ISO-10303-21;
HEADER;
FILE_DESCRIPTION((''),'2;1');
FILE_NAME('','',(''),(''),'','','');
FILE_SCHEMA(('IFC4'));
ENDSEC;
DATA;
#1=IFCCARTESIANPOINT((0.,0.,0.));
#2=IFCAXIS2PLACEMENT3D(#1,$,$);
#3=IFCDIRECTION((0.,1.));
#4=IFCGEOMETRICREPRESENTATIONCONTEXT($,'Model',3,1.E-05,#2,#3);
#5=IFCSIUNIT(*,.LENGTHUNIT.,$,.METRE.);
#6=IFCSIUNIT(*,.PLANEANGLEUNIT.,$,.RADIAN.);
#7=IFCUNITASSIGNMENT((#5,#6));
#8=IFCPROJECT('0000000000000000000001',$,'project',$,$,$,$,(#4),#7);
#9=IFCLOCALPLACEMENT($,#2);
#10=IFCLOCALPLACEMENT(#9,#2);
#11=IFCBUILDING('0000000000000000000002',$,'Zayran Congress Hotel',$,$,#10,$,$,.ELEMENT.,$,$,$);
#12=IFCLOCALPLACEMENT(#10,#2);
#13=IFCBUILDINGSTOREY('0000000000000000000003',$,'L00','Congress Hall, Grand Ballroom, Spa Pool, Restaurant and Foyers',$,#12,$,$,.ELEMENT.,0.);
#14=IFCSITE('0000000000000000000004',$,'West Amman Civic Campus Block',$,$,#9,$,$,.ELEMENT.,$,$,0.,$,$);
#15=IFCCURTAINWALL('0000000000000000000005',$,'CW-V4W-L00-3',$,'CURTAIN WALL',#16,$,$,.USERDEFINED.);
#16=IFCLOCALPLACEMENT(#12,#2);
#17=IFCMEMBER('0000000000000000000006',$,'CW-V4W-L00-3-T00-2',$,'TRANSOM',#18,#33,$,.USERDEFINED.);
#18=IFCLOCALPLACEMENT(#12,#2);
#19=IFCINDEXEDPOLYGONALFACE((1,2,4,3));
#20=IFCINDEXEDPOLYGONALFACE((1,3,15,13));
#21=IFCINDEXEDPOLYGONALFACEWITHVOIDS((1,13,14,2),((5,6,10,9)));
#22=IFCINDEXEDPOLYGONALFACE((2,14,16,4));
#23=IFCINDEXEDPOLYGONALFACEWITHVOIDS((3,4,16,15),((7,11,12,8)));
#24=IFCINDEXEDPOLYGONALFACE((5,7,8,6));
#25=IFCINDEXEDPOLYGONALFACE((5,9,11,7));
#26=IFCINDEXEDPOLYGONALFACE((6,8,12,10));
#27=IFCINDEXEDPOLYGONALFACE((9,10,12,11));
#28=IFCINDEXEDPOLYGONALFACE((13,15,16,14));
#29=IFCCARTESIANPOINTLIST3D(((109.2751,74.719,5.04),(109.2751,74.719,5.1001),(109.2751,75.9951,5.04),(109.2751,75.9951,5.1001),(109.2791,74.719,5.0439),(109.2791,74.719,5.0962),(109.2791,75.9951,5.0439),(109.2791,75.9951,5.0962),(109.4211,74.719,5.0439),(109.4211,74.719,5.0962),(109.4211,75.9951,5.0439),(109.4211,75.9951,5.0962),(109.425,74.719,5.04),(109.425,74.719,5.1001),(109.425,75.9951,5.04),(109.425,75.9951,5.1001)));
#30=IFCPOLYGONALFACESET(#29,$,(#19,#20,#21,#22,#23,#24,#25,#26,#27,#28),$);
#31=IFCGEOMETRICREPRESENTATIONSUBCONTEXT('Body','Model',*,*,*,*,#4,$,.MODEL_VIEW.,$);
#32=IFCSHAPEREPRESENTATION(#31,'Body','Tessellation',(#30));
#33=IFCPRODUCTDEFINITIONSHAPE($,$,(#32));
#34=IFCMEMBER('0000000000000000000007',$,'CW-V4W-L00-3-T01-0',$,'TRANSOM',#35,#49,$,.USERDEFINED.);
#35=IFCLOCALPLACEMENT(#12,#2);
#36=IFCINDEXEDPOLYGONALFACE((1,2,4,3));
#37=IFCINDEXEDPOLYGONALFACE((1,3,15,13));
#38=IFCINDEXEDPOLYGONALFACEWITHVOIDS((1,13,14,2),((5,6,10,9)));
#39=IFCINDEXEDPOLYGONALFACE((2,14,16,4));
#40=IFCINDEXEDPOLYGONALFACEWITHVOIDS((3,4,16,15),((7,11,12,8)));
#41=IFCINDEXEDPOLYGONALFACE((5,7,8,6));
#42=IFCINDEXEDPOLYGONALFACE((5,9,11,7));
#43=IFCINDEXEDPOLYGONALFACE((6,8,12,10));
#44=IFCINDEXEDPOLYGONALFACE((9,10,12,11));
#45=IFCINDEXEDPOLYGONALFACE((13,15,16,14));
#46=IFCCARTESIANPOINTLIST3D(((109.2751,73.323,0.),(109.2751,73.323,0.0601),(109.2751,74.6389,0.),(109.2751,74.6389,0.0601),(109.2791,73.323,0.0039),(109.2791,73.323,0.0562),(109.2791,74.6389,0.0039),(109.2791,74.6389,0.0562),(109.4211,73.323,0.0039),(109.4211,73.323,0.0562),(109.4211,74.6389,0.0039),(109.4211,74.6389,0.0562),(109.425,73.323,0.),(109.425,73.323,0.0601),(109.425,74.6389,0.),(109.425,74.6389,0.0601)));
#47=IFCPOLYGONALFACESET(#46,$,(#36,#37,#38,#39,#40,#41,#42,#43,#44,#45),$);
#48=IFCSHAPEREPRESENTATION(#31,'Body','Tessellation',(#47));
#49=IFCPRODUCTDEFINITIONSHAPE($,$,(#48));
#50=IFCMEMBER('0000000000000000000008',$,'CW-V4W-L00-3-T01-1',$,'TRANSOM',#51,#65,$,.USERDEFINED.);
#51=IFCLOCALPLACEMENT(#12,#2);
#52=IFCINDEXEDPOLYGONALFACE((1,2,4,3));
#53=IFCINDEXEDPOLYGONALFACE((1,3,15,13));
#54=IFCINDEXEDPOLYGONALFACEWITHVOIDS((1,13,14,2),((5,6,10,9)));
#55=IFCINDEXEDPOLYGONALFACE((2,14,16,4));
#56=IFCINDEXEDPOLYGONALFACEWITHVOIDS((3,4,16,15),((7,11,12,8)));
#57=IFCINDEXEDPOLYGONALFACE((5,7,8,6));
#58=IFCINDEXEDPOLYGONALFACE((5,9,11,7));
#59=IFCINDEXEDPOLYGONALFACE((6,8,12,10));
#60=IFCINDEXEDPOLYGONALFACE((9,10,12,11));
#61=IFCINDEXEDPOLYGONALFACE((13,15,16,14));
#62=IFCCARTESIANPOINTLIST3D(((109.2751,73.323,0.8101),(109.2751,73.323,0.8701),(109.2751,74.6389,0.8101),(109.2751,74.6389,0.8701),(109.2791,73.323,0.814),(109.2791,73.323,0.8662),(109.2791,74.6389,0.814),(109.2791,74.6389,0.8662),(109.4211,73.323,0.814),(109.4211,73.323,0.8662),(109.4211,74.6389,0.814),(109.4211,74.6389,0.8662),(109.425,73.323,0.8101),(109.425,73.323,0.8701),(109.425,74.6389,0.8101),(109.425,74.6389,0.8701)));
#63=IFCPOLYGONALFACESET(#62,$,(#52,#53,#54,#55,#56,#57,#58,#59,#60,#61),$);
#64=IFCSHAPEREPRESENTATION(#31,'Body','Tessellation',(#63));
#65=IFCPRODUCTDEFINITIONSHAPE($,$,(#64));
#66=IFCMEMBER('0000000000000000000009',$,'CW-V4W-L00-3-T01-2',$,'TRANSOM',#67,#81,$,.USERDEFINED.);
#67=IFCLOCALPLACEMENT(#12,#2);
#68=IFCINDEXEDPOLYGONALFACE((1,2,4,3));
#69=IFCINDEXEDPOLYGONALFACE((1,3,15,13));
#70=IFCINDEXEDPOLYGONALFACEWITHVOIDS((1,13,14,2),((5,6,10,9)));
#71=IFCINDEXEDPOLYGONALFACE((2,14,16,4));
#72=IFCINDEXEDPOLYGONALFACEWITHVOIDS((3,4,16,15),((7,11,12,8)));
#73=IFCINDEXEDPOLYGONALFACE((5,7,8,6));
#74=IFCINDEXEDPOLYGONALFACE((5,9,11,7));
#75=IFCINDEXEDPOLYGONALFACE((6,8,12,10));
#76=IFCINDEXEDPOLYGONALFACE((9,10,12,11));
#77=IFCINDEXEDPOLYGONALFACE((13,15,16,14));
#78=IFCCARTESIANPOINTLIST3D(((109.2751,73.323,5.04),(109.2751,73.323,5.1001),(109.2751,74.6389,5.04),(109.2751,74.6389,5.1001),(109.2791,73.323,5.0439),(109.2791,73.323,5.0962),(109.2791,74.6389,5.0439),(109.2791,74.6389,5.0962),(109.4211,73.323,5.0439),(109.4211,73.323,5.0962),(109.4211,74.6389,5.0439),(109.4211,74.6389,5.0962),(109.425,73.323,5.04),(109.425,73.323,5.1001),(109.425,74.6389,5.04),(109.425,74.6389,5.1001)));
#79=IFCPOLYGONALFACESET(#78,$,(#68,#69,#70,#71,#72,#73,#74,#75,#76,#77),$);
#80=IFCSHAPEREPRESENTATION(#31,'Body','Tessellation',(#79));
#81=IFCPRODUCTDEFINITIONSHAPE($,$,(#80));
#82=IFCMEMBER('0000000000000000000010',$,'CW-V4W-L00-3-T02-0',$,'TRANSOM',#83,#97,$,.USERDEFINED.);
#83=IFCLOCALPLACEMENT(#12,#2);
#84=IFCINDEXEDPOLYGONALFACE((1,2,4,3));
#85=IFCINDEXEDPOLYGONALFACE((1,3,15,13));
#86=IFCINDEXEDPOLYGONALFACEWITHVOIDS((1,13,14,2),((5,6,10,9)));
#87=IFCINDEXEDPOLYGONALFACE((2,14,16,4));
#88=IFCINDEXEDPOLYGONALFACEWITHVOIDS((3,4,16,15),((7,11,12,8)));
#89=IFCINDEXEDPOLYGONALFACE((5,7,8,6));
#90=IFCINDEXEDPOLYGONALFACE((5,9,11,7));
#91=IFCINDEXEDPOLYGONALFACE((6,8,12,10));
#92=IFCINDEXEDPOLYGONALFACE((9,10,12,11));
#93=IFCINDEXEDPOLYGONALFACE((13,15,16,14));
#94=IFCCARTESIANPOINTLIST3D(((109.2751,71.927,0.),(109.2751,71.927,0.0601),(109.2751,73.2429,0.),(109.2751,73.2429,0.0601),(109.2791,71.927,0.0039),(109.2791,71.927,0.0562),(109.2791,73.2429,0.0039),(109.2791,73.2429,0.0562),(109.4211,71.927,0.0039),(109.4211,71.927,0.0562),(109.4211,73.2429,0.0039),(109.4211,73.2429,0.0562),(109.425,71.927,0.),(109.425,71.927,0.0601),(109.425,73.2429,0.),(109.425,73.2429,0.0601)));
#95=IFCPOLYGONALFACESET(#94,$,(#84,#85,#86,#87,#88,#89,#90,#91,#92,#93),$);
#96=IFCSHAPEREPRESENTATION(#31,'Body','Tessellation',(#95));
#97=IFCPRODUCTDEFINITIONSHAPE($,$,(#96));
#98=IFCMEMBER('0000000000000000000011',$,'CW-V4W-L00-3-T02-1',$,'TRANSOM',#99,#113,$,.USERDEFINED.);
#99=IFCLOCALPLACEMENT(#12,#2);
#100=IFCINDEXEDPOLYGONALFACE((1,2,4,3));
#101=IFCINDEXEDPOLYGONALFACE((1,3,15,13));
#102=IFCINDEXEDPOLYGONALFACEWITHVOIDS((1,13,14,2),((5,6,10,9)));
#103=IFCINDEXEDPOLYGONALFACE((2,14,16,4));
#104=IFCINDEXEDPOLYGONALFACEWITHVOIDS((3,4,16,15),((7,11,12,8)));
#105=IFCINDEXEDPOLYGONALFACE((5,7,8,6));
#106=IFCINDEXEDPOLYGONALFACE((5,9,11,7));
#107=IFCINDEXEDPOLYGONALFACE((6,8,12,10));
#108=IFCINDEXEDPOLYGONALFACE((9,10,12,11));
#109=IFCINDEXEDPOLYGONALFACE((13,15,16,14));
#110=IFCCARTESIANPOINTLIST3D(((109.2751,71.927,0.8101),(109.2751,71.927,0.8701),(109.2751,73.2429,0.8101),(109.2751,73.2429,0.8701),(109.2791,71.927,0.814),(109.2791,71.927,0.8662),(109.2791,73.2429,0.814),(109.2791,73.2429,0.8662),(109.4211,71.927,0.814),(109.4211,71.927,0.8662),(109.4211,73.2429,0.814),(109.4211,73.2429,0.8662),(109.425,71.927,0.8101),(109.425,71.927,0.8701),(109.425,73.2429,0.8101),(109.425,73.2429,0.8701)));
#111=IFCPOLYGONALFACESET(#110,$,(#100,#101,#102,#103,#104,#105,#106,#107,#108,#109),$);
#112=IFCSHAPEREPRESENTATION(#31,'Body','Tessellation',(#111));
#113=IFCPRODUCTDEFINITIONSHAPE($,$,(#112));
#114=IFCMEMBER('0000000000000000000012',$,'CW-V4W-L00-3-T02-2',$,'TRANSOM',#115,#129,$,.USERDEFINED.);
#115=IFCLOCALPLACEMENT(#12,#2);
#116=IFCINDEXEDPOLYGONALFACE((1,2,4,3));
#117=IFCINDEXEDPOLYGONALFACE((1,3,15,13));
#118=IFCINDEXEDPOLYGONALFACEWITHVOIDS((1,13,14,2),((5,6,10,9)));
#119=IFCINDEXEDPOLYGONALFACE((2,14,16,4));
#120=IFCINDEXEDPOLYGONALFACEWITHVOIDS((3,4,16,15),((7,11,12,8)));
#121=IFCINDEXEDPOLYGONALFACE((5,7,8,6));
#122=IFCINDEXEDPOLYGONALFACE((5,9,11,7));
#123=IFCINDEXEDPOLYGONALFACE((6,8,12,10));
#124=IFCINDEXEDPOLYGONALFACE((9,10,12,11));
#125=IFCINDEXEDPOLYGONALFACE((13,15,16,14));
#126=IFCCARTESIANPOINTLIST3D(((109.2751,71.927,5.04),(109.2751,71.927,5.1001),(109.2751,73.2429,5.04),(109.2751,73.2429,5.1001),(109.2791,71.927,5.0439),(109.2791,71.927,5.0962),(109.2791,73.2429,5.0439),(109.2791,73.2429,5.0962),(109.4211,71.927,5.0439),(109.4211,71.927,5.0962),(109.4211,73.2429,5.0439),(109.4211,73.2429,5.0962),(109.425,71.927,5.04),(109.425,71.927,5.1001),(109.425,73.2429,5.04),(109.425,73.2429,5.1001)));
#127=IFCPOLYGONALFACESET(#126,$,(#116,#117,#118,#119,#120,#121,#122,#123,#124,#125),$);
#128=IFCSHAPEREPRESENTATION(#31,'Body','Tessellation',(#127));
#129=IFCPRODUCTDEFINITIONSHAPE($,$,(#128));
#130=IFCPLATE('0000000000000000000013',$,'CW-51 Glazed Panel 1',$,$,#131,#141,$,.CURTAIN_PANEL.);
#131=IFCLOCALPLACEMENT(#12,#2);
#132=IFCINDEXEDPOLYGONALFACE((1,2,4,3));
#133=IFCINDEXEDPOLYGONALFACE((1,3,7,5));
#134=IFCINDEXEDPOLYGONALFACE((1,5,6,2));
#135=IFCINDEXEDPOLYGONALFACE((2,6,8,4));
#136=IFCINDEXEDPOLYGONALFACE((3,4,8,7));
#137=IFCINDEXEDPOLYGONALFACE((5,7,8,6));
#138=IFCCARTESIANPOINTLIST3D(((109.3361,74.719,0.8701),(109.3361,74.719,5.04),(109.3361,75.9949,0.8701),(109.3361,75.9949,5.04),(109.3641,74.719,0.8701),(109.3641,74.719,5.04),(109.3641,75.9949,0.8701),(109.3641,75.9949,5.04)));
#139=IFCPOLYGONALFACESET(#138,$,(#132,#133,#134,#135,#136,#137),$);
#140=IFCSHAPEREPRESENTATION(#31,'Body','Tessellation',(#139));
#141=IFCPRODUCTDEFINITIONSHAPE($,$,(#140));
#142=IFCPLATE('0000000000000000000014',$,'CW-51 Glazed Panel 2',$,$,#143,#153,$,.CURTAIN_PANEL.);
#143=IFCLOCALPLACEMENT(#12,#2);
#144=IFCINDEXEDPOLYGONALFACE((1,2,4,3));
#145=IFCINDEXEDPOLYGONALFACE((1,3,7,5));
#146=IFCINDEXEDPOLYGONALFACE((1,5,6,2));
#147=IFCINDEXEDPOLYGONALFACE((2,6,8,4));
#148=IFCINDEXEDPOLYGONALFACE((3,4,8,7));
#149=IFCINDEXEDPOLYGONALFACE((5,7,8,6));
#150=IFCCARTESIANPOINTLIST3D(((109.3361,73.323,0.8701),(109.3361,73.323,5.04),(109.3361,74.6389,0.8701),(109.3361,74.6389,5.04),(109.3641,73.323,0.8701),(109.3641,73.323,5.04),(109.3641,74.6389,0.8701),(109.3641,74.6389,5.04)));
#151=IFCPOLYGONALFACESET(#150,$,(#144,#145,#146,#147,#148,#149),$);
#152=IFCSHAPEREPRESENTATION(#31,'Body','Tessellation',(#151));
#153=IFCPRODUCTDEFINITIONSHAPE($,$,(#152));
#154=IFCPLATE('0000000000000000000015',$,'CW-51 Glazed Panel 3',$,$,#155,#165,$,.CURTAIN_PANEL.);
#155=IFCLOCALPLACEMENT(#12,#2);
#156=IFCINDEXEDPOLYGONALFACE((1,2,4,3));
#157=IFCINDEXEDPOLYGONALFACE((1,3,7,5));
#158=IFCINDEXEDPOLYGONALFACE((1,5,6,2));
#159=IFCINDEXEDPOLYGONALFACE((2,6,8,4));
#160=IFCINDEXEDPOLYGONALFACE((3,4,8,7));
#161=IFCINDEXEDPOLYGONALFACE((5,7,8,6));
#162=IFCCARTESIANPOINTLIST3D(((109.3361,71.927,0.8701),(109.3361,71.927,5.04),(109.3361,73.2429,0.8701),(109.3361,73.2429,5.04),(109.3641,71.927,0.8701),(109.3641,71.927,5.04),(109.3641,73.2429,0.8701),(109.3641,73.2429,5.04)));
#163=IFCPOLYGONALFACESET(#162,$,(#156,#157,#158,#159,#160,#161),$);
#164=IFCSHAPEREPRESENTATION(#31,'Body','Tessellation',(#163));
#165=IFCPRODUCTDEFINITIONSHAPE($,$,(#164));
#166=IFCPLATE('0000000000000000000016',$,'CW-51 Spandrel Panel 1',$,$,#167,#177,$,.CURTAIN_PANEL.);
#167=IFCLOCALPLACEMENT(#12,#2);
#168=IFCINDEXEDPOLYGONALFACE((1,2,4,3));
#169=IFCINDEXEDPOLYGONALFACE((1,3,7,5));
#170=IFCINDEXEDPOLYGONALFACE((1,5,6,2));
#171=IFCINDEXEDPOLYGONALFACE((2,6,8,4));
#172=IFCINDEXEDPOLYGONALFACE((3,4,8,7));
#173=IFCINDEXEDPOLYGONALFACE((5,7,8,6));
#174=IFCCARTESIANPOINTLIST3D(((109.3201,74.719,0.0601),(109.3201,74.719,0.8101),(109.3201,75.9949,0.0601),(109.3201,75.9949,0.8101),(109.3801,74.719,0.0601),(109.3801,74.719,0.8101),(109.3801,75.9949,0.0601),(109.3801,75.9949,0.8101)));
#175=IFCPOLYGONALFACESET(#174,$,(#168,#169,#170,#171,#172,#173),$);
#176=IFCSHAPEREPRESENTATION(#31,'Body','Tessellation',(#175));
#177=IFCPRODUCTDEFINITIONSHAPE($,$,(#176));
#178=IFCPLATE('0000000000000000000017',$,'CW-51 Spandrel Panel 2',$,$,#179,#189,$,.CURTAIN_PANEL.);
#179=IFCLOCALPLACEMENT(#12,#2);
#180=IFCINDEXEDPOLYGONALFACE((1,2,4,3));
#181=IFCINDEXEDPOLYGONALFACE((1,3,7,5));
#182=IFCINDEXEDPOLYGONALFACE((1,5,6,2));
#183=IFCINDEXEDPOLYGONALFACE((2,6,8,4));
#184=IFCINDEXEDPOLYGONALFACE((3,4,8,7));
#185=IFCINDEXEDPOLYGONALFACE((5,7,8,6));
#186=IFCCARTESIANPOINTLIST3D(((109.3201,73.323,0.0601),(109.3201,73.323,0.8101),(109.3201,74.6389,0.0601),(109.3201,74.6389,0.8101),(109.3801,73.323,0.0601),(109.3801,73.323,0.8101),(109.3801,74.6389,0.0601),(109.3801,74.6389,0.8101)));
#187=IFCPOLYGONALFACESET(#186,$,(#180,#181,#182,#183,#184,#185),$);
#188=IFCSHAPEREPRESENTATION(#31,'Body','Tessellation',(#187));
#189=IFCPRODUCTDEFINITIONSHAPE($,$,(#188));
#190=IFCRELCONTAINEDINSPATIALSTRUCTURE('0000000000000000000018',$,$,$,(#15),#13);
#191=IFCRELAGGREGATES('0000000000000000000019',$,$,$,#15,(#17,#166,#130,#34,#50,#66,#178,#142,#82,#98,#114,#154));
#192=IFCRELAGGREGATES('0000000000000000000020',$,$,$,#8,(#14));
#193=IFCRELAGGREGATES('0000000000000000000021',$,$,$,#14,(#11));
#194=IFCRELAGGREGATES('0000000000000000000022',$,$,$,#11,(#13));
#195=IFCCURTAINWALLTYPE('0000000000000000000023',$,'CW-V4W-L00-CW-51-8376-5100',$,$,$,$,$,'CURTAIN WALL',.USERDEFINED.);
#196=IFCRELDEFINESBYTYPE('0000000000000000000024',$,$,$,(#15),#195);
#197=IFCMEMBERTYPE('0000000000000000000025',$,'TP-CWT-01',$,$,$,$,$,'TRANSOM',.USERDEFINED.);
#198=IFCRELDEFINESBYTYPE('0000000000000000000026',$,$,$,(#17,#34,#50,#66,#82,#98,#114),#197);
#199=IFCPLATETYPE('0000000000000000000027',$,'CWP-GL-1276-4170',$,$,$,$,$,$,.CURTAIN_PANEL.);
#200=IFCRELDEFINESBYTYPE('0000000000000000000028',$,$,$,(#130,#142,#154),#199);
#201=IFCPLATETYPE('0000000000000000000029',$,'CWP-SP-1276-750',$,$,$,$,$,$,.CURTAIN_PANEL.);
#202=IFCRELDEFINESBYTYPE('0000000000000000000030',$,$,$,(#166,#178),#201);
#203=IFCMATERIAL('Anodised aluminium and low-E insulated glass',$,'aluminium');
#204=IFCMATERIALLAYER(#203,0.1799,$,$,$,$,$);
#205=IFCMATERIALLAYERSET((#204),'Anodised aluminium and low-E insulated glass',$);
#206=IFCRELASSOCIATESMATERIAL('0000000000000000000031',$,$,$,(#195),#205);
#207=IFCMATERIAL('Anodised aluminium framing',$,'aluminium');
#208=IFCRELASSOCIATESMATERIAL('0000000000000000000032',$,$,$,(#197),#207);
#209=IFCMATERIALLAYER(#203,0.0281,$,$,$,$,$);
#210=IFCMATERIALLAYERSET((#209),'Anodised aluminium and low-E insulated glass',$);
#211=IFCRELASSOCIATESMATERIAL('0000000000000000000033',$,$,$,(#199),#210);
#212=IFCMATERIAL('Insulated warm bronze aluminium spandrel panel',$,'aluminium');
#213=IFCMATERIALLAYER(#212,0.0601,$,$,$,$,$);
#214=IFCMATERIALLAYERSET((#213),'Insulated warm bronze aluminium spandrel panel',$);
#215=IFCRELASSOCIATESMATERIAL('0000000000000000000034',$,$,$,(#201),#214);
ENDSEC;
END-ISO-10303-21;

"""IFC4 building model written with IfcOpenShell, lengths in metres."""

from ifc_helpers import new_model, si_unit, direction, frame, origin, origin_2d, place, context, subcontext, project, spatial, rectangle, hollow_rectangle, extrude, material, layer, layer_set, material_profile, profile_set, type_object, element, aggregate, save


model = new_model("IFC4")

# Units and contexts
model_context = context("Model", 3, precision=1e-05, world=origin(), true_north=direction((0.0, 1.0)))
body_context = subcontext(model_context, "Body", "Model", "MODEL_VIEW")
ifc_project = project(units=[si_unit("LENGTHUNIT", "METRE"), si_unit("PLANEANGLEUNIT", "RADIAN")], contexts=[model_context])

# Site, building, storey
site_placement = place(None, origin())
site = spatial("IfcSite", under=ifc_project, at=site_placement, Name="West Amman Civic Campus Block", CompositionType="ELEMENT", RefElevation=0.0)
building_placement = place(site_placement, origin())
building = spatial("IfcBuilding", under=site, at=building_placement, Name="Zayran Congress Hotel", CompositionType="ELEMENT")
storey_placement = place(building_placement, origin())
storey = spatial("IfcBuildingStorey", under=building, at=storey_placement, Name="L00", Description="Congress Hall, Grand Ballroom, Spa Pool, Restaurant and Foyers", CompositionType="ELEMENT", Elevation=0.0)

# Curtain wall, members, plates
ifc_material_1 = material(Name="Anodised aluminium and low-E insulated glass", Category="aluminium")
ifc_layer_1 = layer(ifc_material_1, 0.1799)
ifc_layer_set_1 = layer_set([ifc_layer_1], Name="Anodised aluminium and low-E insulated glass")
curtain_wall_type = type_object("IfcCurtainWallType", Name="CW-V4W-L00-CW-51-8376-5100", ElementType="CURTAIN WALL", PredefinedType="USERDEFINED", material=ifc_layer_set_1)
curtain_wall_placement = place(storey_placement, origin())
curtain_wall = element("IfcCurtainWall", 1, at=curtain_wall_placement, inside=storey, type_object=curtain_wall_type, Name="CW-V4W-L00-3", ObjectType="CURTAIN WALL", PredefinedType="USERDEFINED")
ifc_material_2 = material(Name="Anodised aluminium framing", Category="aluminium")
ifc_material_profile_1 = material_profile(ifc_material_2, hollow_rectangle(XDim=0.0601, YDim=0.1499, WallThickness=0.0039, at=origin_2d()), Name="RHS 150x60x4")
ifc_profile_set_1 = profile_set([ifc_material_profile_1], Name="Anodised aluminium framing")
member_type_1 = type_object("IfcMemberType", Name="TP-CWT-01", ElementType="TRANSOM", PredefinedType="USERDEFINED", material=ifc_profile_set_1)
member_1_placement = place(storey_placement, frame((109.3501, 75.9951, 5.0701), z_axis=(0.0, -1.0, 0.0), x_axis=(0.0, 0.0, 1.0)))
member_1 = element("IfcMember", 2, at=member_1_placement, type_object=member_type_1, Name="CW-V4W-L00-3-T00-2", ObjectType="TRANSOM", PredefinedType="USERDEFINED", context=body_context, shape_type="SweptSolid", body=[
    extrude(hollow_rectangle(XDim=0.0601, YDim=0.1499, WallThickness=0.0039, at=origin_2d()), origin(), (0.0, 0.0, 1.0), 1.2761),
])
member_2_placement = place(storey_placement, frame((109.3501, 74.6389, 0.03), z_axis=(0.0, -1.0, 0.0), x_axis=(0.0, 0.0, 1.0)))
member_2 = element("IfcMember", 3, at=member_2_placement, type_object=member_type_1, Name="CW-V4W-L00-3-T01-0", ObjectType="TRANSOM", PredefinedType="USERDEFINED", context=body_context, shape_type="SweptSolid", body=[
    extrude(hollow_rectangle(XDim=0.0601, YDim=0.1499, WallThickness=0.0039, at=origin_2d()), origin(), (0.0, 0.0, 1.0), 1.3159),
])
member_3_placement = place(storey_placement, frame((109.3501, 74.6389, 0.8401), z_axis=(0.0, -1.0, 0.0), x_axis=(0.0, 0.0, 1.0)))
member_3 = element("IfcMember", 4, at=member_3_placement, type_object=member_type_1, Name="CW-V4W-L00-3-T01-1", ObjectType="TRANSOM", PredefinedType="USERDEFINED", context=body_context, shape_type="SweptSolid", body=[
    extrude(hollow_rectangle(XDim=0.0601, YDim=0.1499, WallThickness=0.0039, at=origin_2d()), origin(), (0.0, 0.0, 1.0), 1.3159),
])
member_4_placement = place(storey_placement, frame((109.3501, 74.6389, 5.0701), z_axis=(0.0, -1.0, 0.0), x_axis=(0.0, 0.0, 1.0)))
member_4 = element("IfcMember", 5, at=member_4_placement, type_object=member_type_1, Name="CW-V4W-L00-3-T01-2", ObjectType="TRANSOM", PredefinedType="USERDEFINED", context=body_context, shape_type="SweptSolid", body=[
    extrude(hollow_rectangle(XDim=0.0601, YDim=0.1499, WallThickness=0.0039, at=origin_2d()), origin(), (0.0, 0.0, 1.0), 1.3159),
])
member_5_placement = place(storey_placement, frame((109.3501, 73.2429, 0.03), z_axis=(0.0, -1.0, 0.0), x_axis=(0.0, 0.0, 1.0)))
member_5 = element("IfcMember", 6, at=member_5_placement, type_object=member_type_1, Name="CW-V4W-L00-3-T02-0", ObjectType="TRANSOM", PredefinedType="USERDEFINED", context=body_context, shape_type="SweptSolid", body=[
    extrude(hollow_rectangle(XDim=0.0601, YDim=0.1499, WallThickness=0.0039, at=origin_2d()), origin(), (0.0, 0.0, 1.0), 1.3159),
])
member_6_placement = place(storey_placement, frame((109.3501, 73.2429, 0.8401), z_axis=(0.0, -1.0, 0.0), x_axis=(0.0, 0.0, 1.0)))
member_6 = element("IfcMember", 7, at=member_6_placement, type_object=member_type_1, Name="CW-V4W-L00-3-T02-1", ObjectType="TRANSOM", PredefinedType="USERDEFINED", context=body_context, shape_type="SweptSolid", body=[
    extrude(hollow_rectangle(XDim=0.0601, YDim=0.1499, WallThickness=0.0039, at=origin_2d()), origin(), (0.0, 0.0, 1.0), 1.3159),
])
member_7_placement = place(storey_placement, frame((109.3501, 73.2429, 5.0701), z_axis=(0.0, -1.0, 0.0), x_axis=(0.0, 0.0, 1.0)))
member_7 = element("IfcMember", 8, at=member_7_placement, type_object=member_type_1, Name="CW-V4W-L00-3-T02-2", ObjectType="TRANSOM", PredefinedType="USERDEFINED", context=body_context, shape_type="SweptSolid", body=[
    extrude(hollow_rectangle(XDim=0.0601, YDim=0.1499, WallThickness=0.0039, at=origin_2d()), origin(), (0.0, 0.0, 1.0), 1.3159),
])
ifc_layer_2 = layer(ifc_material_1, 0.0281)
ifc_layer_set_2 = layer_set([ifc_layer_2], Name="Anodised aluminium and low-E insulated glass")
plate_type_1 = type_object("IfcPlateType", Name="CWP-GL-1276-4170", PredefinedType="CURTAIN_PANEL", material=ifc_layer_set_2)
plate_1_placement = place(storey_placement, frame((109.3501, 75.3569, 0.8701), z_axis=(0.0, 0.0, 1.0), x_axis=(0.0, 1.0, 0.0)))
plate_1 = element("IfcPlate", 9, at=plate_1_placement, type_object=plate_type_1, Name="CW-51 Glazed Panel 1", PredefinedType="CURTAIN_PANEL", context=body_context, shape_type="SweptSolid", body=[
    extrude(rectangle(XDim=1.2759, YDim=0.0281, at=origin_2d()), origin(), (0.0, 0.0, 1.0), 4.1699),
])
plate_2_placement = place(storey_placement, frame((109.3501, 73.981, 0.8701), z_axis=(0.0, 0.0, 1.0), x_axis=(0.0, 1.0, 0.0)))
plate_2 = element("IfcPlate", 10, at=plate_2_placement, type_object=plate_type_1, Name="CW-51 Glazed Panel 2", PredefinedType="CURTAIN_PANEL", context=body_context, shape_type="SweptSolid", body=[
    extrude(rectangle(XDim=1.3159, YDim=0.0281, at=origin_2d()), origin(), (0.0, 0.0, 1.0), 4.1699),
])
plate_3_placement = place(storey_placement, frame((109.3501, 72.585, 0.8701), z_axis=(0.0, 0.0, 1.0), x_axis=(0.0, 1.0, 0.0)))
plate_3 = element("IfcPlate", 11, at=plate_3_placement, type_object=plate_type_1, Name="CW-51 Glazed Panel 3", PredefinedType="CURTAIN_PANEL", context=body_context, shape_type="SweptSolid", body=[
    extrude(rectangle(XDim=1.3159, YDim=0.0281, at=origin_2d()), origin(), (0.0, 0.0, 1.0), 4.1699),
])
ifc_material_3 = material(Name="Insulated warm bronze aluminium spandrel panel", Category="aluminium")
ifc_layer_3 = layer(ifc_material_3, 0.0601)
ifc_layer_set_3 = layer_set([ifc_layer_3], Name="Insulated warm bronze aluminium spandrel panel")
plate_type_2 = type_object("IfcPlateType", Name="CWP-SP-1276-750", PredefinedType="CURTAIN_PANEL", material=ifc_layer_set_3)
plate_4_placement = place(storey_placement, frame((109.3501, 75.3569, 0.0601), z_axis=(0.0, 0.0, 1.0), x_axis=(0.0, 1.0, 0.0)))
plate_4 = element("IfcPlate", 12, at=plate_4_placement, type_object=plate_type_2, Name="CW-51 Spandrel Panel 1", PredefinedType="CURTAIN_PANEL", context=body_context, shape_type="SweptSolid", body=[
    extrude(rectangle(XDim=1.2759, YDim=0.0601, at=origin_2d()), origin(), (0.0, 0.0, 1.0), 0.75),
])
plate_5_placement = place(storey_placement, frame((109.3501, 73.981, 0.0601), z_axis=(0.0, 0.0, 1.0), x_axis=(0.0, 1.0, 0.0)))
plate_5 = element("IfcPlate", 13, at=plate_5_placement, type_object=plate_type_2, Name="CW-51 Spandrel Panel 2", PredefinedType="CURTAIN_PANEL", context=body_context, shape_type="SweptSolid", body=[
    extrude(rectangle(XDim=1.3159, YDim=0.0601, at=origin_2d()), origin(), (0.0, 0.0, 1.0), 0.75),
])
aggregate(curtain_wall, [member_1, plate_4, plate_1, member_2, member_3, member_4, plate_5, plate_2, member_5, member_6, member_7, plate_3])

save(model, "model.ifc")
